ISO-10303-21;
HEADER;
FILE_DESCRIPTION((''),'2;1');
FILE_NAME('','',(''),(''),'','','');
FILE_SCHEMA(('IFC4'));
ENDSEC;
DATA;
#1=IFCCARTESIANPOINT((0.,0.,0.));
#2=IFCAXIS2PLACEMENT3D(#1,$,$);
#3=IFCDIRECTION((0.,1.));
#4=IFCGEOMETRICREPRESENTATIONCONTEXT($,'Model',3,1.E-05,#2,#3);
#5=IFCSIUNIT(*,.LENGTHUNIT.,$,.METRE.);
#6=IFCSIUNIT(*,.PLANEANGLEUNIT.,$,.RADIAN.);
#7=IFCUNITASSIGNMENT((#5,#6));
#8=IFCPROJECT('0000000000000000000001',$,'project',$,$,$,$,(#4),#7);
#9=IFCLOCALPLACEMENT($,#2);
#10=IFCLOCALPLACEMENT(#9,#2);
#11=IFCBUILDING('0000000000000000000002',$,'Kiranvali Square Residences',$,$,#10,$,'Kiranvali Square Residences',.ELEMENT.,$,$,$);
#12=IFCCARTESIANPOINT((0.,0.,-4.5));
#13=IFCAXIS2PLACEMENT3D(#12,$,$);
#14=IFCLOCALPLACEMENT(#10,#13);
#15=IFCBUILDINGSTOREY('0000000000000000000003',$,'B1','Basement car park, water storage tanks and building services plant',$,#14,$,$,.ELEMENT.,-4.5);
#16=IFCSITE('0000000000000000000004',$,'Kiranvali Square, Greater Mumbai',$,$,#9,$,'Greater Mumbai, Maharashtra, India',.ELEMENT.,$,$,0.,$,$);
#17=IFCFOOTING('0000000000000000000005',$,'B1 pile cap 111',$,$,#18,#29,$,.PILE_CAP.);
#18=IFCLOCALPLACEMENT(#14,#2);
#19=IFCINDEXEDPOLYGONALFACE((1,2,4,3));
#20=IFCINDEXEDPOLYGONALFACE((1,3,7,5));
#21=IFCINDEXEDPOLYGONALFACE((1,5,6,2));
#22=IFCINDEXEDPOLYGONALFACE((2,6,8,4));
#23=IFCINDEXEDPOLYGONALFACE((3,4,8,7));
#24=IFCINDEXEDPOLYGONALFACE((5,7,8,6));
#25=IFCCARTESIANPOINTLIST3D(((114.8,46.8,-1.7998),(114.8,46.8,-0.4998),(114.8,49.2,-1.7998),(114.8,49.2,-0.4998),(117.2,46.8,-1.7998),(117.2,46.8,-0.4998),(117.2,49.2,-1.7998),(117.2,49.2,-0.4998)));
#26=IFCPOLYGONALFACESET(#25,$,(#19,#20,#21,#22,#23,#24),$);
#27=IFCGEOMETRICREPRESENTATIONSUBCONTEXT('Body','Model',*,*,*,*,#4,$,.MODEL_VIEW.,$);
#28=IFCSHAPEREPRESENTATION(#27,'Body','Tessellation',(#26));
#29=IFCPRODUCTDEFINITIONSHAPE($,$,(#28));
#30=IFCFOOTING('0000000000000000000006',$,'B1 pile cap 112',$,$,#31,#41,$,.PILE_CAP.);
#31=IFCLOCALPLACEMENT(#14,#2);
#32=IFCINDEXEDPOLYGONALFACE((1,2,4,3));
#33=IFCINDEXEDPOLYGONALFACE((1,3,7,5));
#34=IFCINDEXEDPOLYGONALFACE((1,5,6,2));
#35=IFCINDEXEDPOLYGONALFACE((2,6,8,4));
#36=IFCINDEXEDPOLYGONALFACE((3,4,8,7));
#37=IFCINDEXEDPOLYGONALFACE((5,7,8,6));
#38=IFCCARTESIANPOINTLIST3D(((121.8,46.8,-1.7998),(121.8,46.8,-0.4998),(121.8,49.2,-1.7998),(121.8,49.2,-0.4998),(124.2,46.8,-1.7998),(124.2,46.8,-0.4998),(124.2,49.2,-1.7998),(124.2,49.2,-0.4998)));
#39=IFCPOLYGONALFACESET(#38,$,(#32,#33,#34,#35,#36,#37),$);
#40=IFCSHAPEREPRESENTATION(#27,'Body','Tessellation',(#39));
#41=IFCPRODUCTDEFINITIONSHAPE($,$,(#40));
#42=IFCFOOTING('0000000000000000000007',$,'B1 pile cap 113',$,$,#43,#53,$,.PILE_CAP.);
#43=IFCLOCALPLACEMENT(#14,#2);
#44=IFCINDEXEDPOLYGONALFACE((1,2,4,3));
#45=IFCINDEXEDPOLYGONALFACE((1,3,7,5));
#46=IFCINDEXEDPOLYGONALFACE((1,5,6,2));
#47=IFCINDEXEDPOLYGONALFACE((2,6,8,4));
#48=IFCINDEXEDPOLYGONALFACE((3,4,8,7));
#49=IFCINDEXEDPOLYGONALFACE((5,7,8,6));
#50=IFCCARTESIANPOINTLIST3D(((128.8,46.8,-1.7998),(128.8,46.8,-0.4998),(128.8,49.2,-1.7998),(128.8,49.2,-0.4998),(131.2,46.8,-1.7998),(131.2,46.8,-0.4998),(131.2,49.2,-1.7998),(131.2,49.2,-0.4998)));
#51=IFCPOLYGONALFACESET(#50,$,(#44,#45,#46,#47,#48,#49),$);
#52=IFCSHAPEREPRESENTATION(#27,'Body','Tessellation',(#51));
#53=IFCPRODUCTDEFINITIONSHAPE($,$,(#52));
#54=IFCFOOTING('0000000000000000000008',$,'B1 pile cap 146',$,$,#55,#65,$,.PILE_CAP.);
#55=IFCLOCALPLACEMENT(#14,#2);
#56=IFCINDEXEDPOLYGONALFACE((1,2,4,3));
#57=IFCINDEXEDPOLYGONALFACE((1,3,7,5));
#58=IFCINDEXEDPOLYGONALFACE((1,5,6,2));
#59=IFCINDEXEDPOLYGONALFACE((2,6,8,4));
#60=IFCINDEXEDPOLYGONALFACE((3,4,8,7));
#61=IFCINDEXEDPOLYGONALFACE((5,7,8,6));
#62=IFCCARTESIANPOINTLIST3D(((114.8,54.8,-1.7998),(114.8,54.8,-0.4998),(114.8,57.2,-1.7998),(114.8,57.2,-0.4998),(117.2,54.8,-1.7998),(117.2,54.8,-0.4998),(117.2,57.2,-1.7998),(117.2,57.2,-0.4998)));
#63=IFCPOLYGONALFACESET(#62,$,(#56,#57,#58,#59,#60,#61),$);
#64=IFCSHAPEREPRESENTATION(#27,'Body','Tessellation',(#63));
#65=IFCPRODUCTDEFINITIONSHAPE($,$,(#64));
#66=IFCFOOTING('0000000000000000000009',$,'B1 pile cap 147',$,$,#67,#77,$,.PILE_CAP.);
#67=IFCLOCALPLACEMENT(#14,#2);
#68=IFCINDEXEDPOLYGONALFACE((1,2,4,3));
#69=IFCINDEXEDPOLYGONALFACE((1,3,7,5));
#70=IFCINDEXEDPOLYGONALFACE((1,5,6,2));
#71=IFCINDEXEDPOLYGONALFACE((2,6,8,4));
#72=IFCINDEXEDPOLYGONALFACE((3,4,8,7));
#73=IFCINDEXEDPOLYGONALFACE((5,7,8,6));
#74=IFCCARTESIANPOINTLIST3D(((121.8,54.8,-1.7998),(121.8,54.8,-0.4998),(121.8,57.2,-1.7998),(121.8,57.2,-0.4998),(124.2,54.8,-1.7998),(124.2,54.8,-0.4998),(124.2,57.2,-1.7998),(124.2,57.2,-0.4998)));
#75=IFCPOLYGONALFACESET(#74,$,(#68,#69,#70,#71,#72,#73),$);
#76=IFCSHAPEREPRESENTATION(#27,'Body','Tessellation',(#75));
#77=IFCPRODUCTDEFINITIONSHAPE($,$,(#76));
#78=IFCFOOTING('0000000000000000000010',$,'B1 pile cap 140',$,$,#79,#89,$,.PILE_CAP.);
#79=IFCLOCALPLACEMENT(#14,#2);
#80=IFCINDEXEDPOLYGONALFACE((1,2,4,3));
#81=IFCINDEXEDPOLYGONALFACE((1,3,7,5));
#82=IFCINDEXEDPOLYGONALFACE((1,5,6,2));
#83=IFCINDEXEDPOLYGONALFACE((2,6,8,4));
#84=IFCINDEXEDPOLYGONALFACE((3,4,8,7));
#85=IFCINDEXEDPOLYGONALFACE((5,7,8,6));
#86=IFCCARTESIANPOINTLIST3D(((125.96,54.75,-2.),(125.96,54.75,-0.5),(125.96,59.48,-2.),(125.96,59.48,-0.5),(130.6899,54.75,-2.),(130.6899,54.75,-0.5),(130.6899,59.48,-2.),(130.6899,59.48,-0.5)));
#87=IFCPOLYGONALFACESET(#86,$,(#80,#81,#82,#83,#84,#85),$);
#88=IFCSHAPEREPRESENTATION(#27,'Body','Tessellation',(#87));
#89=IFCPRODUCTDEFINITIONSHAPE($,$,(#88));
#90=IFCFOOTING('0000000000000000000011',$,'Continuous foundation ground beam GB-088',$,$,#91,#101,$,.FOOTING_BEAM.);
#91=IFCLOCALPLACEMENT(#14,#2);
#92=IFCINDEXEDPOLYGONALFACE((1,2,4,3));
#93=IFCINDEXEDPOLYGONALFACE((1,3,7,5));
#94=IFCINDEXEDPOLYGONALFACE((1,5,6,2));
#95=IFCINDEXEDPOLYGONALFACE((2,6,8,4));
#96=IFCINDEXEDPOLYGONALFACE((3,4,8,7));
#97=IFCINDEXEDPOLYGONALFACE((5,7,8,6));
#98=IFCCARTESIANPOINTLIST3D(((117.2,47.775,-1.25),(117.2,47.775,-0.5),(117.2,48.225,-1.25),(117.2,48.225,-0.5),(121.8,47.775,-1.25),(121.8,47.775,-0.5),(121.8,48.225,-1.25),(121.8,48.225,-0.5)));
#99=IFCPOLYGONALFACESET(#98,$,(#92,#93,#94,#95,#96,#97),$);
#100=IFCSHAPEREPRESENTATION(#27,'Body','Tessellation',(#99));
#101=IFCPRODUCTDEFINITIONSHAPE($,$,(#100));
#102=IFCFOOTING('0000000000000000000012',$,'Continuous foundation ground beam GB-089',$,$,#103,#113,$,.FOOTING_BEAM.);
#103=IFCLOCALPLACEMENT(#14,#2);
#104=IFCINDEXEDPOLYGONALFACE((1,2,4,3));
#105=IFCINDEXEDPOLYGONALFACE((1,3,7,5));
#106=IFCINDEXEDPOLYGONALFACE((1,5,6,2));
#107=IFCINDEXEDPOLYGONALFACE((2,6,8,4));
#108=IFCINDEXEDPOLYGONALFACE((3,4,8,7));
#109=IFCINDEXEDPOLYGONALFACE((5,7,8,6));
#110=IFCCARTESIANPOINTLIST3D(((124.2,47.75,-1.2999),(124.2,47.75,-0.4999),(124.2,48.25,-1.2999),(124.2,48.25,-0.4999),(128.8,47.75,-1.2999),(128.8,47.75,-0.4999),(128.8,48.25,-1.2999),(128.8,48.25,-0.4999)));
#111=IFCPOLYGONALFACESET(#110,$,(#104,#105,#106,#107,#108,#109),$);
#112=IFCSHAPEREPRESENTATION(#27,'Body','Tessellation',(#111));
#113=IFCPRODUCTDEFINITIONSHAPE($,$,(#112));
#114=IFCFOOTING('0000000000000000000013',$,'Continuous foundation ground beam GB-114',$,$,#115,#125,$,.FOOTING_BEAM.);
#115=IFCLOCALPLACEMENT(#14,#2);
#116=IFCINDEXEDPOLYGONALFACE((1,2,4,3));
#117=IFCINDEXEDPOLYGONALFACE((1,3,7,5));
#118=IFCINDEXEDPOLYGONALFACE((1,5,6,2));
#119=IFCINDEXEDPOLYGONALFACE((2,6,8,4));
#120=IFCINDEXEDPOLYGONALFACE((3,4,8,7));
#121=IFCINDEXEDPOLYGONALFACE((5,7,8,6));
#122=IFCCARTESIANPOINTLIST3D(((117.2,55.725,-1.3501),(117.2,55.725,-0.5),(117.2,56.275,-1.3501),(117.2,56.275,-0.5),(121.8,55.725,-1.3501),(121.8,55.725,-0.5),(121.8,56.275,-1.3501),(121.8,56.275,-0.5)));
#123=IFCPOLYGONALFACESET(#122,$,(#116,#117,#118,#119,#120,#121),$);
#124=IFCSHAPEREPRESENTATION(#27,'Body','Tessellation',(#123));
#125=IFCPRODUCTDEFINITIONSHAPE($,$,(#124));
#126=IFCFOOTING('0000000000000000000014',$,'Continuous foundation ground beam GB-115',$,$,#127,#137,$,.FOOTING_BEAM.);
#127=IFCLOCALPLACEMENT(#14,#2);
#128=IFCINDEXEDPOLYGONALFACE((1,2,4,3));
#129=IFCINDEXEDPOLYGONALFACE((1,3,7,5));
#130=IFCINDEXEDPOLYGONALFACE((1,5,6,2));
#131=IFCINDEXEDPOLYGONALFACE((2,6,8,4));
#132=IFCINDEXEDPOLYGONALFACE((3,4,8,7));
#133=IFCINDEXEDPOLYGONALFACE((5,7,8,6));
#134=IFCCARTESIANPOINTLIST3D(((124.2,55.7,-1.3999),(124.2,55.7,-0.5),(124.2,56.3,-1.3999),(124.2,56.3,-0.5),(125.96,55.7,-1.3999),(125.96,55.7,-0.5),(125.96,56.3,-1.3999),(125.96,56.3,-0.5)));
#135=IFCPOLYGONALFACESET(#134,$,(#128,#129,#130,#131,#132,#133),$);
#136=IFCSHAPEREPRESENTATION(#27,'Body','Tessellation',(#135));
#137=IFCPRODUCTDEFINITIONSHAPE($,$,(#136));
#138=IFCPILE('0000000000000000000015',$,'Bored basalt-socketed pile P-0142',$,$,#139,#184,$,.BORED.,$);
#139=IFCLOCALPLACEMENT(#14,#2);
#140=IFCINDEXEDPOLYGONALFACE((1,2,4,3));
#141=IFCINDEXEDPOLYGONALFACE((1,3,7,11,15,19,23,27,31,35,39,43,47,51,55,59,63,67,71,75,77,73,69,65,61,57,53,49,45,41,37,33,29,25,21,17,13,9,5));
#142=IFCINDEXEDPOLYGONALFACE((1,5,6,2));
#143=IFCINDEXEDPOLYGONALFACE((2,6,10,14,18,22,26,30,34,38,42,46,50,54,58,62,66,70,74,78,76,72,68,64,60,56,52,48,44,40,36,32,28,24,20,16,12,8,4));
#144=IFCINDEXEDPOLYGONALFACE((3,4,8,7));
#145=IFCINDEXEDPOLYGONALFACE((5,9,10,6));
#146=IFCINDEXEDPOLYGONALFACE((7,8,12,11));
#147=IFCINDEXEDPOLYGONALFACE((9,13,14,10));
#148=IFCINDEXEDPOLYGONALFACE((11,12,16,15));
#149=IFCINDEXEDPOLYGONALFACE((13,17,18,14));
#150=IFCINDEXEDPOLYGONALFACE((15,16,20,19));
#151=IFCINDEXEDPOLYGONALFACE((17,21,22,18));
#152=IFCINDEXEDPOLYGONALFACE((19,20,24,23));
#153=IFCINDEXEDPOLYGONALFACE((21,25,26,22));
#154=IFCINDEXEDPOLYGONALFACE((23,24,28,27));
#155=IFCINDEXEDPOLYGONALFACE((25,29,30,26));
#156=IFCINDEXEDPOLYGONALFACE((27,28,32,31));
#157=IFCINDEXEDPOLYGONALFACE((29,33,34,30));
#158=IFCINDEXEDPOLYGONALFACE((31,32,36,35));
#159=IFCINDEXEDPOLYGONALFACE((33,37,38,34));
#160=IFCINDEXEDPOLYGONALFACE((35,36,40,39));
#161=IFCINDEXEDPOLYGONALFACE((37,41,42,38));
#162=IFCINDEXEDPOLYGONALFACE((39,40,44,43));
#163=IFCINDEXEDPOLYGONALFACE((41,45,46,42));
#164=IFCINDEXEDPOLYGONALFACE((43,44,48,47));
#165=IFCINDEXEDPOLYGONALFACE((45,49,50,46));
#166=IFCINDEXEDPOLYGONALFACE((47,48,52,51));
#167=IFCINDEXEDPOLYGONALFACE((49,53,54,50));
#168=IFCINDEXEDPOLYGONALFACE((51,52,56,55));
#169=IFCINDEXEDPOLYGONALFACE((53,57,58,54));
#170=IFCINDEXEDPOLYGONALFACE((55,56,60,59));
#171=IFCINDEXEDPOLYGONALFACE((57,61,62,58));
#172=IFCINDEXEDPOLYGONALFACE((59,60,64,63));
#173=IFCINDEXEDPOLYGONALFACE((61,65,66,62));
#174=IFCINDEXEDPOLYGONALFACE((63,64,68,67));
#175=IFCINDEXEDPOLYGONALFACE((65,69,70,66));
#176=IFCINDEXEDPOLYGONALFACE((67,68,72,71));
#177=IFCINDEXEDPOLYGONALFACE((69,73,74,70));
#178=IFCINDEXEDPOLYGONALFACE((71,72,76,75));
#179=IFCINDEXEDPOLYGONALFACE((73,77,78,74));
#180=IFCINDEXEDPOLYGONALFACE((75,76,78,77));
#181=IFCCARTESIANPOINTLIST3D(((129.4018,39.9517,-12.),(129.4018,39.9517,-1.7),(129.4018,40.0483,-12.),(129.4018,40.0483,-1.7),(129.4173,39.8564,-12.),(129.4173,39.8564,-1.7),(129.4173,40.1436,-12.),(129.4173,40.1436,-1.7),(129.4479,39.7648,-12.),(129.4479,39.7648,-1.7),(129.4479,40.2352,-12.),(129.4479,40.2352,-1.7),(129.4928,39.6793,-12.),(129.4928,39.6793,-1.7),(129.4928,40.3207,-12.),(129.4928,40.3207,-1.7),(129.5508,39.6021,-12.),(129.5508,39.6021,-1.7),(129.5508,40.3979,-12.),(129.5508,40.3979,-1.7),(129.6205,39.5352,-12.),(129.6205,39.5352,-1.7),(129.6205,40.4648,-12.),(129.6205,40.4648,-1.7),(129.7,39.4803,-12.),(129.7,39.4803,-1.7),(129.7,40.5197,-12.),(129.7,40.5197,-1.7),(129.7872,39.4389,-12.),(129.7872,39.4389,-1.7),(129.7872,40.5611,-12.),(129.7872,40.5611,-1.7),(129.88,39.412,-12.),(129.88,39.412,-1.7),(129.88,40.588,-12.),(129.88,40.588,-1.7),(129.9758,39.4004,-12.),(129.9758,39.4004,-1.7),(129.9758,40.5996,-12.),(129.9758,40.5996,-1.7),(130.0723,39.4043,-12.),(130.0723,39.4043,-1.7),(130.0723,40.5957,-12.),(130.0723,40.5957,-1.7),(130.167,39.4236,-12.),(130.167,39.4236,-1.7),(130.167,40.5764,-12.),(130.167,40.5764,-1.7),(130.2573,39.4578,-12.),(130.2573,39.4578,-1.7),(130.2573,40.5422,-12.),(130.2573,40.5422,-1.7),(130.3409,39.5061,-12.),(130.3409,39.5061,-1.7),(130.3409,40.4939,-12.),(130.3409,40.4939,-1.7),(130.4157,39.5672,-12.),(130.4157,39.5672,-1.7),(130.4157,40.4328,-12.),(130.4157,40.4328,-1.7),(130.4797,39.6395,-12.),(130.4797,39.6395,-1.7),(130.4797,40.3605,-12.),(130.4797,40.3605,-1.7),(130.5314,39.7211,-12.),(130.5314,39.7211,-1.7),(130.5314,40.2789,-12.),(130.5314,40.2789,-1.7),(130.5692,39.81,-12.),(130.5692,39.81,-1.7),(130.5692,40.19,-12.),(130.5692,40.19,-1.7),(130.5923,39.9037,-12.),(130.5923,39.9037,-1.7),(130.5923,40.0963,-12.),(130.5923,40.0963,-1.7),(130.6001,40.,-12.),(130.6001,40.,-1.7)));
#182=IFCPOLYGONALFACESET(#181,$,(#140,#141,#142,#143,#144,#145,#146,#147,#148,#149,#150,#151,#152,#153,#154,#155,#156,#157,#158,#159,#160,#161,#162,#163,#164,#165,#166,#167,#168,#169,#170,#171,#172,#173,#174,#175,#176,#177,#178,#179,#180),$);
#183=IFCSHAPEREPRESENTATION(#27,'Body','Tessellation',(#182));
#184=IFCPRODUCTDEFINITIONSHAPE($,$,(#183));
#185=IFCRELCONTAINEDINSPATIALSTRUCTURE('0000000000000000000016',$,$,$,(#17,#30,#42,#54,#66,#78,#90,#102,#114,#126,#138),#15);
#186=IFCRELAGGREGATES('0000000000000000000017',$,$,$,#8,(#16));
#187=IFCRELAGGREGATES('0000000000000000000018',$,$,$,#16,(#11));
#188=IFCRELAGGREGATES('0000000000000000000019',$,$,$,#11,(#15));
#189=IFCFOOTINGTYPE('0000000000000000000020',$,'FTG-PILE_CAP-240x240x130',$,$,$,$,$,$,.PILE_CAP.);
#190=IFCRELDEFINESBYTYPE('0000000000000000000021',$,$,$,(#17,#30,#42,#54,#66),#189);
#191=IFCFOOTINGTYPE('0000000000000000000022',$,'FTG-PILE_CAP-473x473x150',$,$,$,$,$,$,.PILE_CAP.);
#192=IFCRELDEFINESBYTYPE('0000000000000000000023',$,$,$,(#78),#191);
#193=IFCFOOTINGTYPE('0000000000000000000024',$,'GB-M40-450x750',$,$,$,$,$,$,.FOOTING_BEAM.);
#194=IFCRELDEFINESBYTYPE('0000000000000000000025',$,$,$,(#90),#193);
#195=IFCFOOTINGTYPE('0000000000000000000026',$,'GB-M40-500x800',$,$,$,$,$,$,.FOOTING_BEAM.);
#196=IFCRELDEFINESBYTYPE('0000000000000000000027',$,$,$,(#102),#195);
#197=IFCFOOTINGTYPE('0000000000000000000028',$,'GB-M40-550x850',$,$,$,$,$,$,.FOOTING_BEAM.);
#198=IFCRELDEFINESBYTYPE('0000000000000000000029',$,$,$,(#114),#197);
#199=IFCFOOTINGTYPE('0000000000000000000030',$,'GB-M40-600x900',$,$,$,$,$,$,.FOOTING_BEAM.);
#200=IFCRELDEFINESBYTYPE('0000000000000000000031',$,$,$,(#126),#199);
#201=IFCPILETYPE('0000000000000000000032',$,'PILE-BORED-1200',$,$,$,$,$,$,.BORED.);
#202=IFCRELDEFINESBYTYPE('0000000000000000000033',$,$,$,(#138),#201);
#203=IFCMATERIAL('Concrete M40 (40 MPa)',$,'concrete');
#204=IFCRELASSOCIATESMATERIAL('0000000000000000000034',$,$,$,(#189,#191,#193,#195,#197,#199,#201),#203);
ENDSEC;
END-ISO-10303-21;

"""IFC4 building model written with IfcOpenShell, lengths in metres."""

from ifc_helpers import new_model, si_unit, direction, frame, origin, origin_2d, place, context, subcontext, project, spatial, rectangle, circle, extrude, material, material_profile, profile_set, type_object, element, save


model = new_model("IFC4")

# Units and contexts
model_context = context("Model", 3, precision=1e-05, world=origin(), true_north=direction((0.0, 1.0)))
body_context = subcontext(model_context, "Body", "Model", "MODEL_VIEW")
ifc_project = project(units=[si_unit("LENGTHUNIT", "METRE"), si_unit("PLANEANGLEUNIT", "RADIAN")], contexts=[model_context])

# Site, building, storey
site_placement = place(None, origin())
site = spatial("IfcSite", under=ifc_project, at=site_placement, Name="Kiranvali Square, Greater Mumbai", LongName="Greater Mumbai, Maharashtra, India", CompositionType="ELEMENT", RefElevation=0.0)
building_placement = place(site_placement, origin())
building = spatial("IfcBuilding", under=site, at=building_placement, Name="Kiranvali Square Residences", LongName="Kiranvali Square Residences", CompositionType="ELEMENT")
storey_placement = place(building_placement, frame((0.0, 0.0, -4.5)))
storey = spatial("IfcBuildingStorey", under=building, at=storey_placement, Name="B1", Description="Basement car park, water storage tanks and building services plant", CompositionType="ELEMENT", Elevation=-4.5)

# Footings
ifc_material = material(Name="Concrete M40 (40 MPa)", Category="concrete")
footing_type_1 = type_object("IfcFootingType", Name="FTG-PILE_CAP-240x240x130", PredefinedType="PILE_CAP", material=ifc_material)
for number, where, z_axis, x_axis, name in (
    (1, (116.0, 48.0, -1.7998), (0.0, 0.0, 1.0), (1.0, 0.0, 0.0), "B1 pile cap 111"),
    (2, (123.0, 48.0, -1.7998), (0.0, 0.0, 1.0), (1.0, 0.0, 0.0), "B1 pile cap 112"),
    (3, (130.0, 48.0, -1.7998), (0.0, 0.0, 1.0), (1.0, 0.0, 0.0), "B1 pile cap 113"),
    (4, (116.0, 56.0, -1.7998), (0.0, 0.0, 1.0), (1.0, 0.0, 0.0), "B1 pile cap 146"),
    (5, (123.0, 56.0, -1.7998), (0.0, 0.0, 1.0), (1.0, 0.0, 0.0), "B1 pile cap 147"),
):
    element("IfcFooting", number, at=place(storey_placement, frame(where, z_axis=z_axis, x_axis=x_axis)), inside=storey, type_object=footing_type_1, Name=name, PredefinedType="PILE_CAP", context=body_context, shape_type="SweptSolid", body=[
        extrude(rectangle(XDim=2.3999, YDim=2.3999, at=origin_2d()), origin(), (0.0, 0.0, 1.0), 1.3),
    ])
footing_type_2 = type_object("IfcFootingType", Name="FTG-PILE_CAP-473x473x150", PredefinedType="PILE_CAP", material=ifc_material)
footing_1_placement = place(storey_placement, frame((128.325, 57.115, -2.0), z_axis=(0.0, 0.0, 1.0), x_axis=(1.0, 0.0, 0.0)))
element("IfcFooting", 6, at=footing_1_placement, inside=storey, type_object=footing_type_2, Name="B1 pile cap 140", PredefinedType="PILE_CAP", context=body_context, shape_type="SweptSolid", body=[
    extrude(rectangle(XDim=4.73, YDim=4.73, at=origin_2d()), origin(), (0.0, 0.0, 1.0), 1.5),
])
ifc_material_profile_1 = material_profile(ifc_material, rectangle(XDim=0.45, YDim=0.75, at=origin_2d()), Name="GB 450x750")
ifc_profile_set_1 = profile_set([ifc_material_profile_1], Name="Concrete M40 (40 MPa)")
footing_type_3 = type_object("IfcFootingType", Name="GB-M40-450x750", PredefinedType="FOOTING_BEAM", material=ifc_profile_set_1)
footing_2_placement = place(storey_placement, frame((117.2, 48.0, -0.875), z_axis=(1.0, 0.0, 0.0), x_axis=(0.0, 1.0, 0.0)))
element("IfcFooting", 7, at=footing_2_placement, inside=storey, type_object=footing_type_3, Name="Continuous foundation ground beam GB-088", PredefinedType="FOOTING_BEAM", context=body_context, shape_type="SweptSolid", body=[
    extrude(rectangle(XDim=0.45, YDim=0.75, at=origin_2d()), origin(), (0.0, 0.0, 1.0), 4.6001),
])
ifc_material_profile_2 = material_profile(ifc_material, rectangle(XDim=0.5, YDim=0.8, at=origin_2d()), Name="GB 500x800")
ifc_profile_set_2 = profile_set([ifc_material_profile_2], Name="Concrete M40 (40 MPa)")
footing_type_4 = type_object("IfcFootingType", Name="GB-M40-500x800", PredefinedType="FOOTING_BEAM", material=ifc_profile_set_2)
footing_3_placement = place(storey_placement, frame((124.2, 48.0, -0.8999), z_axis=(1.0, 0.0, 0.0), x_axis=(0.0, 1.0, 0.0)))
element("IfcFooting", 8, at=footing_3_placement, inside=storey, type_object=footing_type_4, Name="Continuous foundation ground beam GB-089", PredefinedType="FOOTING_BEAM", context=body_context, shape_type="SweptSolid", body=[
    extrude(rectangle(XDim=0.5, YDim=0.8, at=origin_2d()), origin(), (0.0, 0.0, 1.0), 4.6001),
])
ifc_material_profile_3 = material_profile(ifc_material, rectangle(XDim=0.55, YDim=0.8501, at=origin_2d()), Name="GB 550x850")
ifc_profile_set_3 = profile_set([ifc_material_profile_3], Name="Concrete M40 (40 MPa)")
footing_type_5 = type_object("IfcFootingType", Name="GB-M40-550x850", PredefinedType="FOOTING_BEAM", material=ifc_profile_set_3)
footing_4_placement = place(storey_placement, frame((117.2, 56.0, -0.925), z_axis=(1.0, 0.0, 0.0), x_axis=(0.0, 1.0, 0.0)))
element("IfcFooting", 9, at=footing_4_placement, inside=storey, type_object=footing_type_5, Name="Continuous foundation ground beam GB-114", PredefinedType="FOOTING_BEAM", context=body_context, shape_type="SweptSolid", body=[
    extrude(rectangle(XDim=0.55, YDim=0.8501, at=origin_2d()), origin(), (0.0, 0.0, 1.0), 4.6001),
])
ifc_material_profile_4 = material_profile(ifc_material, rectangle(XDim=0.6001, YDim=0.8999, at=origin_2d()), Name="GB 600x900")
ifc_profile_set_4 = profile_set([ifc_material_profile_4], Name="Concrete M40 (40 MPa)")
footing_type_6 = type_object("IfcFootingType", Name="GB-M40-600x900", PredefinedType="FOOTING_BEAM", material=ifc_profile_set_4)
footing_5_placement = place(storey_placement, frame((124.2, 56.0, -0.95), z_axis=(1.0, 0.0, 0.0), x_axis=(0.0, 1.0, 0.0)))
element("IfcFooting", 10, at=footing_5_placement, inside=storey, type_object=footing_type_6, Name="Continuous foundation ground beam GB-115", PredefinedType="FOOTING_BEAM", context=body_context, shape_type="SweptSolid", body=[
    extrude(rectangle(XDim=0.6001, YDim=0.8999, at=origin_2d()), origin(), (0.0, 0.0, 1.0), 1.76),
])

# Pile
ifc_material_profile_5 = material_profile(ifc_material, circle(Radius=0.6001, at=origin_2d()), Name="BORED PILE 1200")
ifc_profile_set_5 = profile_set([ifc_material_profile_5], Name="Concrete M40 (40 MPa)")
pile_type_1 = type_object("IfcPileType", Name="PILE-BORED-1200", PredefinedType="BORED", material=ifc_profile_set_5)
pile_1_placement = place(storey_placement, frame((130.0, 40.0, -1.7), z_axis=(0.0, 0.0, -1.0), x_axis=(1.0, 0.0, 0.0)))
element("IfcPile", 11, at=pile_1_placement, inside=storey, type_object=pile_type_1, Name="Bored basalt-socketed pile P-0142", PredefinedType="BORED", context=body_context, shape_type="SweptSolid", body=[
    extrude(circle(Radius=0.6001, at=origin_2d()), origin(), (0.0, 0.0, 1.0), 10.3),
])

save(model, "model.ifc")
